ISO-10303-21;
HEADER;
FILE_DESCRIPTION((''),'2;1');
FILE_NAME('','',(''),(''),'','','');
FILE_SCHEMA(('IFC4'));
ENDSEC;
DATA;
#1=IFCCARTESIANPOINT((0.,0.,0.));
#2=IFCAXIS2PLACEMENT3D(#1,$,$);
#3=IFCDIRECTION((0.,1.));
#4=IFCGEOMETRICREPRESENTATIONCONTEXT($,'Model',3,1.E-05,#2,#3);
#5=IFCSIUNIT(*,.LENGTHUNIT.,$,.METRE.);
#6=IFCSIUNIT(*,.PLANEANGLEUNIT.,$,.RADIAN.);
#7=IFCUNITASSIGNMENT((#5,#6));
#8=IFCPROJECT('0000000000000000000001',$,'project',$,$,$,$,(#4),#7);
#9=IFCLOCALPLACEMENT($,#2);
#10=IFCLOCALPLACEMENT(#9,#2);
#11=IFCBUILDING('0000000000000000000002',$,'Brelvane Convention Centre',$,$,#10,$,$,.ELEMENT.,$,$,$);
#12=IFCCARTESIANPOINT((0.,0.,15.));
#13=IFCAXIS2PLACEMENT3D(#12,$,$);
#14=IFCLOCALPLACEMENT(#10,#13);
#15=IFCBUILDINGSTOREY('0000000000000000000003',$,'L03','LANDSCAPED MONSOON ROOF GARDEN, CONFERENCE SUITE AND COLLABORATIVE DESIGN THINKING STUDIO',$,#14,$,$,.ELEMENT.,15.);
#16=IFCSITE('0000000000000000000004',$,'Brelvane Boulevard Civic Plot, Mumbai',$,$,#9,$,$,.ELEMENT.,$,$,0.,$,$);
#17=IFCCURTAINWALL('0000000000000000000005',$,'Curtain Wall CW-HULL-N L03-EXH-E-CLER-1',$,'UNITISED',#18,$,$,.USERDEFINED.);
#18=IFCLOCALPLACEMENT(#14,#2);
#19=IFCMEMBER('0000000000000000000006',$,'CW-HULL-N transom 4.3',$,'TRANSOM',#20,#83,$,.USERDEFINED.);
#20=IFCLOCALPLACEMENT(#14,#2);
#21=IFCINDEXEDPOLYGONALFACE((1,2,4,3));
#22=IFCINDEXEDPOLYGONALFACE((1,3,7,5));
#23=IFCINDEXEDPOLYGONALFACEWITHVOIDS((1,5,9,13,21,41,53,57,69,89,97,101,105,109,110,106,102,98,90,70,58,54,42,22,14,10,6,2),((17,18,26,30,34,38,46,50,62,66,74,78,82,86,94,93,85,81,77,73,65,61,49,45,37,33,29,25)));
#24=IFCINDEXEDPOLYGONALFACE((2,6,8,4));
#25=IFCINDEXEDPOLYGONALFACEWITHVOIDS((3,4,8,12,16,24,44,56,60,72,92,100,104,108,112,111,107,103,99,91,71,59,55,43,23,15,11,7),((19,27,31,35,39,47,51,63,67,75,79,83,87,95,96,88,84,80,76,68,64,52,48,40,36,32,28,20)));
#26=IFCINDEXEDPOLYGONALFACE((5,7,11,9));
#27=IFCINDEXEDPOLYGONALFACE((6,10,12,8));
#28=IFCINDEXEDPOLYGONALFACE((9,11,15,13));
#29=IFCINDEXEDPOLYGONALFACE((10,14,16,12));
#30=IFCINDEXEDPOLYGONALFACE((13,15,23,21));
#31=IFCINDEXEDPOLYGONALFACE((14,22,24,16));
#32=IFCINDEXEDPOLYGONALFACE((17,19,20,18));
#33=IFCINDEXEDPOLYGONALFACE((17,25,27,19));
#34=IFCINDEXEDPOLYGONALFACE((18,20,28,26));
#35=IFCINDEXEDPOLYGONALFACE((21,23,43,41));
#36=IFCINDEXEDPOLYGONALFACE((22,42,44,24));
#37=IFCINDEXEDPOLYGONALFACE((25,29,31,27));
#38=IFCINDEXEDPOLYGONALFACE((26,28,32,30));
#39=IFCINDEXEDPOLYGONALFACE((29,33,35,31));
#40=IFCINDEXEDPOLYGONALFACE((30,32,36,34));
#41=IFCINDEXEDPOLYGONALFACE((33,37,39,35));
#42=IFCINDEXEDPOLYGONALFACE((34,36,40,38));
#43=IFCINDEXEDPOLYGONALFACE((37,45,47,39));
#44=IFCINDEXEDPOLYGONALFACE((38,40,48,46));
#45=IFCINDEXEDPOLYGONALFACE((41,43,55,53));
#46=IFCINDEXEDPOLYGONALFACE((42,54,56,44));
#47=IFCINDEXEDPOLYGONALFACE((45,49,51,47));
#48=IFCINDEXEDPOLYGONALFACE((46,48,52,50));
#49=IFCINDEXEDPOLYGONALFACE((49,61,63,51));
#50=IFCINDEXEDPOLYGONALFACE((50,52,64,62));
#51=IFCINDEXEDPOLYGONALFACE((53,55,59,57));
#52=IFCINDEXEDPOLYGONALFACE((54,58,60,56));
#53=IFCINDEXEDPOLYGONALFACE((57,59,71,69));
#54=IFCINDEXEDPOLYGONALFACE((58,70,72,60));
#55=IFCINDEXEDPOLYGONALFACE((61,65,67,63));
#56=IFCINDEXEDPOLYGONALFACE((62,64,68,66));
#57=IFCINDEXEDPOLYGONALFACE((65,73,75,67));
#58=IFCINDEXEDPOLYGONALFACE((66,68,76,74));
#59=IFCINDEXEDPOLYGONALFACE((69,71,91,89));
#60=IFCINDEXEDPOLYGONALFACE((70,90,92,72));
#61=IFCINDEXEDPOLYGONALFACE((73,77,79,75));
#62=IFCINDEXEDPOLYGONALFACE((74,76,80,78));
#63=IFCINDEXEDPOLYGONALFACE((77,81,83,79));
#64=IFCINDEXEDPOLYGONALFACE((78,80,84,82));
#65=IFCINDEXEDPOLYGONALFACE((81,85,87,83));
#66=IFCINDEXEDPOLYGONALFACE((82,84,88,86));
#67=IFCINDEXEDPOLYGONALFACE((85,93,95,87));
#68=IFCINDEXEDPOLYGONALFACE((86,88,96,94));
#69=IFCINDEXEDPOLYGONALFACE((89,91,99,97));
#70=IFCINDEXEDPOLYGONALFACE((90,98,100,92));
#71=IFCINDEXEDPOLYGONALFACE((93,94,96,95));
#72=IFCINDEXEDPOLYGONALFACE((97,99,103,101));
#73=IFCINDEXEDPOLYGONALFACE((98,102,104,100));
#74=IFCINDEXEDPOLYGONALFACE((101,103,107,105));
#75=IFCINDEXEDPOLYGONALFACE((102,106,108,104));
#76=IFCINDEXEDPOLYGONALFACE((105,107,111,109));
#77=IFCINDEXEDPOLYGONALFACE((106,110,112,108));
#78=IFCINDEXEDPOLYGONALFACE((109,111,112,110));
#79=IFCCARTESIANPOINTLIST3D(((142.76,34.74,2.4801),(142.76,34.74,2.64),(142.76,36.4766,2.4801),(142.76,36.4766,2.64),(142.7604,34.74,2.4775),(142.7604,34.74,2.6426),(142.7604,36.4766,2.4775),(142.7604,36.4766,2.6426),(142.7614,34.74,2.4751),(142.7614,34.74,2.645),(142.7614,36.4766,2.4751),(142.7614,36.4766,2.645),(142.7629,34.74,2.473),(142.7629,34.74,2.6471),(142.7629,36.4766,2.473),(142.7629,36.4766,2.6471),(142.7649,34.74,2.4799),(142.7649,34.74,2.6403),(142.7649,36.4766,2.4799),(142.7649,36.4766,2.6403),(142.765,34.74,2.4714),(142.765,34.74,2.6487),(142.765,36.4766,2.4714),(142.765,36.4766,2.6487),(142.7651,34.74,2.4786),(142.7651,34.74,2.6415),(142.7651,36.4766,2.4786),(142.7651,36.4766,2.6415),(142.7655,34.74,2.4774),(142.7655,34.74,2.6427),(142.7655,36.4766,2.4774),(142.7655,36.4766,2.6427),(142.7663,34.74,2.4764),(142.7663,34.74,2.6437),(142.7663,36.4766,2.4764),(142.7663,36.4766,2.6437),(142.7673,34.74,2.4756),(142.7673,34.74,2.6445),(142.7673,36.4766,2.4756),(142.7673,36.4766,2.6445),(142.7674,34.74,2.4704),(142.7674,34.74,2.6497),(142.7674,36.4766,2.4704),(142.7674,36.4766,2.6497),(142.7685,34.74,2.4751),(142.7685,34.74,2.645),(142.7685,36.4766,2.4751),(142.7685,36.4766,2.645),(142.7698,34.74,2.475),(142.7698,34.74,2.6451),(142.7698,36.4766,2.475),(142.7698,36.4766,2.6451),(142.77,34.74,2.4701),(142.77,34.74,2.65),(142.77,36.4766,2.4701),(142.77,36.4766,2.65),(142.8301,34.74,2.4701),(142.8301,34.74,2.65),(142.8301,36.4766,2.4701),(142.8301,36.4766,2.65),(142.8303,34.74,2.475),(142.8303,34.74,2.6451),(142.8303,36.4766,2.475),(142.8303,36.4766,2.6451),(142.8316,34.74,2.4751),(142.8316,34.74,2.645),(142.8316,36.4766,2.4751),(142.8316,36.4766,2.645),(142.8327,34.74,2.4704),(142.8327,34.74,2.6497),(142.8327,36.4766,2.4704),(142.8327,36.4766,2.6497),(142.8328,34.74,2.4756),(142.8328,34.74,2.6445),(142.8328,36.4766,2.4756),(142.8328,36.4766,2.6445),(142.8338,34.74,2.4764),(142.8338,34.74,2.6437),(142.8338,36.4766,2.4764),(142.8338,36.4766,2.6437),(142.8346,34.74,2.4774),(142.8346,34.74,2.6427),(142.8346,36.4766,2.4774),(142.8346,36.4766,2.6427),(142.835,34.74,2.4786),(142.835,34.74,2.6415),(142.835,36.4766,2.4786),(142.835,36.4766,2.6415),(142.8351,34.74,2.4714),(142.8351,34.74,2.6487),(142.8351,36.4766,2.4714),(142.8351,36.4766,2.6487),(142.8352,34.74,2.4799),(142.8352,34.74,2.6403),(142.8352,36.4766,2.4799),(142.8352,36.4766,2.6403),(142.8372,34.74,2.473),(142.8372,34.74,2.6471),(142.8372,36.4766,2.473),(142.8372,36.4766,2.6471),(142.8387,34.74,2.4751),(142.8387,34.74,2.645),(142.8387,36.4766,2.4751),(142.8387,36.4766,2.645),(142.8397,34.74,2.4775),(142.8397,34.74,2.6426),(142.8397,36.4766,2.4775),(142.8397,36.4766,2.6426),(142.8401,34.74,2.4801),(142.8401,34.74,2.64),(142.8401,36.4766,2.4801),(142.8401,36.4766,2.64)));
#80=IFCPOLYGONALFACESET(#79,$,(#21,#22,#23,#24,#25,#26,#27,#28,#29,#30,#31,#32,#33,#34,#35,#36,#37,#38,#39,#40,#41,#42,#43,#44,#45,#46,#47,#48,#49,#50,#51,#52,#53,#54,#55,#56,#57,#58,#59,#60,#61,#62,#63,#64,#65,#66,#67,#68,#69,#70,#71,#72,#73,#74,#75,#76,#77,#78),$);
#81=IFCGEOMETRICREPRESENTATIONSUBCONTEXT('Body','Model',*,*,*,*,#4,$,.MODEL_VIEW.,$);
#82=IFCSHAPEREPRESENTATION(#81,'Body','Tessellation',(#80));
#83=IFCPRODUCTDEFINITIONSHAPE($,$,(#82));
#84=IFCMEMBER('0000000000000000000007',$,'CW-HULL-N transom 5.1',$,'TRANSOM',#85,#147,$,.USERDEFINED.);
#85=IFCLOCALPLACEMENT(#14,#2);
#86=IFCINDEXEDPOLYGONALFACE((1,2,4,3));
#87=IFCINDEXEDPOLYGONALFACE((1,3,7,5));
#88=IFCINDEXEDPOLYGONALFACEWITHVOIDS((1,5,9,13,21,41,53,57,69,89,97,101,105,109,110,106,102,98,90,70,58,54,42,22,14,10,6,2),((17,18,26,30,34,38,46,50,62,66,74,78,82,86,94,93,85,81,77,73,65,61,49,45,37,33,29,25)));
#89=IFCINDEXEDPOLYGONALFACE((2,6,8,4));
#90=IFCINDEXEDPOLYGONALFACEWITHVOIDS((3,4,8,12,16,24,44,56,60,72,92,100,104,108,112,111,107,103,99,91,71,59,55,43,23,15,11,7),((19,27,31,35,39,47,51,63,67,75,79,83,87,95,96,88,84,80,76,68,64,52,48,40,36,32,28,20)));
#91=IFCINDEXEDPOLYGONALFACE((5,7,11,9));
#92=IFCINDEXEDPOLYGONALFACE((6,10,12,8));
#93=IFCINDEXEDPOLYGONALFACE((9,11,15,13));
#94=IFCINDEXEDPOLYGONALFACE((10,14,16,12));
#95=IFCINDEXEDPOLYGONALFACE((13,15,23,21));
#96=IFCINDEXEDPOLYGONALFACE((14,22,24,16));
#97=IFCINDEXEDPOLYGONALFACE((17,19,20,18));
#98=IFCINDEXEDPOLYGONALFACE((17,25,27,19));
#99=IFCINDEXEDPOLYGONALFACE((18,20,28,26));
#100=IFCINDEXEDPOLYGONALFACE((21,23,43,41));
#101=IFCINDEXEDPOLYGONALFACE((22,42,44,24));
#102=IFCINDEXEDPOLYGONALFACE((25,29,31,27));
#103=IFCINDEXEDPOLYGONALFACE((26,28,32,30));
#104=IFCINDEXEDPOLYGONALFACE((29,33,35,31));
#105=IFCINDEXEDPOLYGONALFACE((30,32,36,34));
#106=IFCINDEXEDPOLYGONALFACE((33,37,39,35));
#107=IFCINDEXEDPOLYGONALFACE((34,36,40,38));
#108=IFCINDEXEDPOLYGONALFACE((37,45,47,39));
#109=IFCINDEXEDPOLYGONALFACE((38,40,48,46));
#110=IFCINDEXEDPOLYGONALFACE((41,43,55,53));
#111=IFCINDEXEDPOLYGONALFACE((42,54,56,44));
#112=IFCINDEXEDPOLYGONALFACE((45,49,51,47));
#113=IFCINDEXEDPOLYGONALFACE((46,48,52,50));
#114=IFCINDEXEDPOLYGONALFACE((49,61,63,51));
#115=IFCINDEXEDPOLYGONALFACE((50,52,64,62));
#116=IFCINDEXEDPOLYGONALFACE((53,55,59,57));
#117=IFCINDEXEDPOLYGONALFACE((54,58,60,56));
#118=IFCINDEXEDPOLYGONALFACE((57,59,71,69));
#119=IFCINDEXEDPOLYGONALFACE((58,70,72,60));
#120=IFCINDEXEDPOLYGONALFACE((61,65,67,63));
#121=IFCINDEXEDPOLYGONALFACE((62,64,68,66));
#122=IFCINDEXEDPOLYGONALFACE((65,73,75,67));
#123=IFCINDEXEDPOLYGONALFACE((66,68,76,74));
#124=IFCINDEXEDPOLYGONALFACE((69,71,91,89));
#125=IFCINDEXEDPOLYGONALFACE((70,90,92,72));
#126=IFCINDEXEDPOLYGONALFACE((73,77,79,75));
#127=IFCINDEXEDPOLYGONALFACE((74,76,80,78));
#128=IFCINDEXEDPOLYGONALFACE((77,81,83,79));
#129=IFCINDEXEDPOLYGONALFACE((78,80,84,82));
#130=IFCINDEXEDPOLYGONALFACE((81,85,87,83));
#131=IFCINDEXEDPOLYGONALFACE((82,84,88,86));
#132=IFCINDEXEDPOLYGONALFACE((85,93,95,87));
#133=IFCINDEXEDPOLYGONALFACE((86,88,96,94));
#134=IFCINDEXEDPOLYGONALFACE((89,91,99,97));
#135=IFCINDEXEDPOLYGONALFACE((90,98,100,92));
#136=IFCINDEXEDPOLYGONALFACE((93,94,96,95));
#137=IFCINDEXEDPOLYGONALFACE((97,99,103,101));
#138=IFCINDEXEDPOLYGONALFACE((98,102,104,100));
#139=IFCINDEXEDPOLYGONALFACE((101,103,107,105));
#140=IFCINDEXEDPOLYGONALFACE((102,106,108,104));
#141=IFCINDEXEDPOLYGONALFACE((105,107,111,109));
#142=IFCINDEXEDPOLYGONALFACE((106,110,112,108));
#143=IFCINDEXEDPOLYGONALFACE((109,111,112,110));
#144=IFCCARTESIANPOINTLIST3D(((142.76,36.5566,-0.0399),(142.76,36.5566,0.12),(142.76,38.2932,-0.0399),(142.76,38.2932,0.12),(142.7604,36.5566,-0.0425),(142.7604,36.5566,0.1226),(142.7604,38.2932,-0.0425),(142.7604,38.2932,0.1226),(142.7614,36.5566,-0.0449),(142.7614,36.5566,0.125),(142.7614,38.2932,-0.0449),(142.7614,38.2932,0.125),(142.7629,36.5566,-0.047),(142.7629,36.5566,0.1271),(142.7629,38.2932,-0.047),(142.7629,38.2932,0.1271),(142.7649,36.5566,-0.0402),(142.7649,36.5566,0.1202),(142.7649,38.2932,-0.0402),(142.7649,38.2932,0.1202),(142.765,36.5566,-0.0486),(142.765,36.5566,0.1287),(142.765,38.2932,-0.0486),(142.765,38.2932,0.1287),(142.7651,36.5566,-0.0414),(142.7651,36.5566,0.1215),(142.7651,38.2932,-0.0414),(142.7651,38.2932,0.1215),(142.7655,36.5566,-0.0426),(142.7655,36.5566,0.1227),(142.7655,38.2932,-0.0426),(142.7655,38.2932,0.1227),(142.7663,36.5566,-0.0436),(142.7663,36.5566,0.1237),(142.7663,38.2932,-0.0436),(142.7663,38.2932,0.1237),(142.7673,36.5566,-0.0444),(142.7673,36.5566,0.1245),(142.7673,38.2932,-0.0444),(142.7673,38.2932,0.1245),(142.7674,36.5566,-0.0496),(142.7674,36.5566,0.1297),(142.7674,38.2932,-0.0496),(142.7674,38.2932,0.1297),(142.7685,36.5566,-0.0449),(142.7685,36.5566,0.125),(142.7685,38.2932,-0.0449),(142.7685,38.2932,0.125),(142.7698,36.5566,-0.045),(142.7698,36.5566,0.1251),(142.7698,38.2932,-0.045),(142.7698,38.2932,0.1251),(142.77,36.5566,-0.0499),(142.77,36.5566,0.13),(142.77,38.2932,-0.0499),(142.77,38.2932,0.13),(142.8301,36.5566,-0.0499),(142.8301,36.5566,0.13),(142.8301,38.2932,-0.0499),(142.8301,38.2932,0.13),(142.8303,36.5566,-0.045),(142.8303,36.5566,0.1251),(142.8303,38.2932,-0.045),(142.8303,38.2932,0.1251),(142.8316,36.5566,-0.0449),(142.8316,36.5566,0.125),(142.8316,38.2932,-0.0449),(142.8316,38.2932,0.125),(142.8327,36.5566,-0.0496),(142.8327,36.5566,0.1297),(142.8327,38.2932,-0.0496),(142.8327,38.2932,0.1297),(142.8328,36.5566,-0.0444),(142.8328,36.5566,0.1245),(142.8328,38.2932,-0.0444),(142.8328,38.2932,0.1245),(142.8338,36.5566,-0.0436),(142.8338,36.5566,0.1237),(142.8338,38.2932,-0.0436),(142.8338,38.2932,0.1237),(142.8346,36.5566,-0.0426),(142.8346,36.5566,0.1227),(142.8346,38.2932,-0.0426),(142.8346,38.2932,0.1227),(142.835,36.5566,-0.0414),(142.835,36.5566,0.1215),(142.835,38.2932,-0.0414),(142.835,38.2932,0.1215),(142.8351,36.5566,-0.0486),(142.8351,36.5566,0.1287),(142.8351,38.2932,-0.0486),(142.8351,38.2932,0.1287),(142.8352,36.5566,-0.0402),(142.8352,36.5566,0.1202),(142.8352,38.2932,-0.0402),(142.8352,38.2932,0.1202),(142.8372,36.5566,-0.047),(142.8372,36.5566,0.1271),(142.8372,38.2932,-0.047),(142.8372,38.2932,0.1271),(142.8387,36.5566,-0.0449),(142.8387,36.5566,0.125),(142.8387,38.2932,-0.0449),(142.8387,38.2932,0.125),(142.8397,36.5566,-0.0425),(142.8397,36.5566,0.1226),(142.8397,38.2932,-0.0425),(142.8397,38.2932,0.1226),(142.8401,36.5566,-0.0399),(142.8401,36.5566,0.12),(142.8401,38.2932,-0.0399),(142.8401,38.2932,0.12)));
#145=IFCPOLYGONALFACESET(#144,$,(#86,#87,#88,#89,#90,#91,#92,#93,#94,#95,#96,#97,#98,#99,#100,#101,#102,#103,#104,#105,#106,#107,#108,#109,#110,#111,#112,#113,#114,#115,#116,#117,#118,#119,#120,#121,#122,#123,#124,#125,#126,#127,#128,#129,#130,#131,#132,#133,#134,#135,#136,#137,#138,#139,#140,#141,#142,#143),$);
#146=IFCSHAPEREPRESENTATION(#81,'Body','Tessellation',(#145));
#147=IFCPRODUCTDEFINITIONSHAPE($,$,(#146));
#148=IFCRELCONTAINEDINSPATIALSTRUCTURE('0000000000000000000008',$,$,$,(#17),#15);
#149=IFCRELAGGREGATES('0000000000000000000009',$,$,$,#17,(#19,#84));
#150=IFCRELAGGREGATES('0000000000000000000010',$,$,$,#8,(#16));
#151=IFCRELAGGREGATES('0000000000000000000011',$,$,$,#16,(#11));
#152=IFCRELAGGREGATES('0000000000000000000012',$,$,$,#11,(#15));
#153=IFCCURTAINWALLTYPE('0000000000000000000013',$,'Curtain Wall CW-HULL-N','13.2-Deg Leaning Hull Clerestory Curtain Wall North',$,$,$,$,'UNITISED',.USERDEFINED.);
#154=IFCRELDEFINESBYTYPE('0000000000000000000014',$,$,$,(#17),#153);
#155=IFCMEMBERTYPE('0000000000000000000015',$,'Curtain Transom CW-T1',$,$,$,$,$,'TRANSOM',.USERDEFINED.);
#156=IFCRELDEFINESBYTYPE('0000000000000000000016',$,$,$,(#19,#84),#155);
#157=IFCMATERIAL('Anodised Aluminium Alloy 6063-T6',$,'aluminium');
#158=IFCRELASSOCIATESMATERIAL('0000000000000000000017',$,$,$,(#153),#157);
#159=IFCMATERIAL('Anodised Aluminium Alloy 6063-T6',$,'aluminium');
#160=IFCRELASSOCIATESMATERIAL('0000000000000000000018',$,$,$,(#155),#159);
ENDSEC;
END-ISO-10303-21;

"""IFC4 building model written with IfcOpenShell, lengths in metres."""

from ifc_helpers import new_model, si_unit, direction, frame, origin, origin_2d, place, context, subcontext, project, spatial, hollow_rectangle, extrude, material, material_profile, profile_set, type_object, element, aggregate, save


model = new_model("IFC4")

# Units and contexts
model_context = context("Model", 3, precision=1e-05, world=origin(), true_north=direction((0.0, 1.0)))
body_context = subcontext(model_context, "Body", "Model", "MODEL_VIEW")
ifc_project = project(units=[si_unit("LENGTHUNIT", "METRE"), si_unit("PLANEANGLEUNIT", "RADIAN")], contexts=[model_context])

# Site, building, storey
site_placement = place(None, origin())
site = spatial("IfcSite", under=ifc_project, at=site_placement, Name="Brelvane Boulevard Civic Plot, Mumbai", CompositionType="ELEMENT", RefElevation=0.0)
building_placement = place(site_placement, origin())
building = spatial("IfcBuilding", under=site, at=building_placement, Name="Brelvane Convention Centre", CompositionType="ELEMENT")
storey_placement = place(building_placement, frame((0.0, 0.0, 15.0)))
storey = spatial("IfcBuildingStorey", under=building, at=storey_placement, Name="L03", Description="LANDSCAPED MONSOON ROOF GARDEN, CONFERENCE SUITE AND COLLABORATIVE DESIGN THINKING STUDIO", CompositionType="ELEMENT", Elevation=15.0)

# Curtain wall
ifc_material_1 = material(Name="Anodised Aluminium Alloy 6063-T6", Category="aluminium")
curtain_wall_type = type_object("IfcCurtainWallType", Name="Curtain Wall CW-HULL-N", Description="13.2-Deg Leaning Hull Clerestory Curtain Wall North", ElementType="UNITISED", PredefinedType="USERDEFINED", material=ifc_material_1)
curtain_wall_1_placement = place(storey_placement, origin())
curtain_wall_1 = element("IfcCurtainWall", 1, at=curtain_wall_1_placement, inside=storey, type_object=curtain_wall_type, Name="Curtain Wall CW-HULL-N L03-EXH-E-CLER-1", ObjectType="UNITISED", PredefinedType="USERDEFINED")

# Members
ifc_material_2 = material(Name="Anodised Aluminium Alloy 6063-T6", Category="aluminium")
ifc_material_profile_1 = material_profile(ifc_material_2, hollow_rectangle(XDim=0.0801, YDim=0.1799, WallThickness=0.0049, InnerFilletRadius=0.0049, OuterFilletRadius=0.01, at=origin_2d()), Name="ALU-T 180x80x5.0")
ifc_profile_set_1 = profile_set([ifc_material_profile_1], Name="Anodised Aluminium Alloy 6063-T6")
member_type_1 = type_object("IfcMemberType", Name="Curtain Transom CW-T1", ElementType="TRANSOM", PredefinedType="USERDEFINED", material=ifc_profile_set_1)
member_1_placement = place(storey_placement, frame((142.8, 34.74, 2.5601), z_axis=(0.0, 1.0, 0.0), x_axis=(-1.0, 0.0, 0.0)))
member_1 = element("IfcMember", 2, at=member_1_placement, type_object=member_type_1, Name="CW-HULL-N transom 4.3", ObjectType="TRANSOM", PredefinedType="USERDEFINED", context=body_context, shape_type="SweptSolid", body=[
    extrude(hollow_rectangle(XDim=0.0801, YDim=0.1799, WallThickness=0.0049, InnerFilletRadius=0.0049, OuterFilletRadius=0.01, at=origin_2d()), origin(), (0.0, 0.0, 1.0), 1.7366),
])
member_2_placement = place(storey_placement, frame((142.8, 36.5566, 0.04), z_axis=(0.0, 1.0, 0.0), x_axis=(-1.0, 0.0, 0.0)))
member_2 = element("IfcMember", 3, at=member_2_placement, type_object=member_type_1, Name="CW-HULL-N transom 5.1", ObjectType="TRANSOM", PredefinedType="USERDEFINED", context=body_context, shape_type="SweptSolid", body=[
    extrude(hollow_rectangle(XDim=0.0801, YDim=0.1799, WallThickness=0.0049, InnerFilletRadius=0.0049, OuterFilletRadius=0.01, at=origin_2d()), origin(), (0.0, 0.0, 1.0), 1.7366),
])

aggregate(curtain_wall_1, [member_1, member_2])

save(model, "model.ifc")
